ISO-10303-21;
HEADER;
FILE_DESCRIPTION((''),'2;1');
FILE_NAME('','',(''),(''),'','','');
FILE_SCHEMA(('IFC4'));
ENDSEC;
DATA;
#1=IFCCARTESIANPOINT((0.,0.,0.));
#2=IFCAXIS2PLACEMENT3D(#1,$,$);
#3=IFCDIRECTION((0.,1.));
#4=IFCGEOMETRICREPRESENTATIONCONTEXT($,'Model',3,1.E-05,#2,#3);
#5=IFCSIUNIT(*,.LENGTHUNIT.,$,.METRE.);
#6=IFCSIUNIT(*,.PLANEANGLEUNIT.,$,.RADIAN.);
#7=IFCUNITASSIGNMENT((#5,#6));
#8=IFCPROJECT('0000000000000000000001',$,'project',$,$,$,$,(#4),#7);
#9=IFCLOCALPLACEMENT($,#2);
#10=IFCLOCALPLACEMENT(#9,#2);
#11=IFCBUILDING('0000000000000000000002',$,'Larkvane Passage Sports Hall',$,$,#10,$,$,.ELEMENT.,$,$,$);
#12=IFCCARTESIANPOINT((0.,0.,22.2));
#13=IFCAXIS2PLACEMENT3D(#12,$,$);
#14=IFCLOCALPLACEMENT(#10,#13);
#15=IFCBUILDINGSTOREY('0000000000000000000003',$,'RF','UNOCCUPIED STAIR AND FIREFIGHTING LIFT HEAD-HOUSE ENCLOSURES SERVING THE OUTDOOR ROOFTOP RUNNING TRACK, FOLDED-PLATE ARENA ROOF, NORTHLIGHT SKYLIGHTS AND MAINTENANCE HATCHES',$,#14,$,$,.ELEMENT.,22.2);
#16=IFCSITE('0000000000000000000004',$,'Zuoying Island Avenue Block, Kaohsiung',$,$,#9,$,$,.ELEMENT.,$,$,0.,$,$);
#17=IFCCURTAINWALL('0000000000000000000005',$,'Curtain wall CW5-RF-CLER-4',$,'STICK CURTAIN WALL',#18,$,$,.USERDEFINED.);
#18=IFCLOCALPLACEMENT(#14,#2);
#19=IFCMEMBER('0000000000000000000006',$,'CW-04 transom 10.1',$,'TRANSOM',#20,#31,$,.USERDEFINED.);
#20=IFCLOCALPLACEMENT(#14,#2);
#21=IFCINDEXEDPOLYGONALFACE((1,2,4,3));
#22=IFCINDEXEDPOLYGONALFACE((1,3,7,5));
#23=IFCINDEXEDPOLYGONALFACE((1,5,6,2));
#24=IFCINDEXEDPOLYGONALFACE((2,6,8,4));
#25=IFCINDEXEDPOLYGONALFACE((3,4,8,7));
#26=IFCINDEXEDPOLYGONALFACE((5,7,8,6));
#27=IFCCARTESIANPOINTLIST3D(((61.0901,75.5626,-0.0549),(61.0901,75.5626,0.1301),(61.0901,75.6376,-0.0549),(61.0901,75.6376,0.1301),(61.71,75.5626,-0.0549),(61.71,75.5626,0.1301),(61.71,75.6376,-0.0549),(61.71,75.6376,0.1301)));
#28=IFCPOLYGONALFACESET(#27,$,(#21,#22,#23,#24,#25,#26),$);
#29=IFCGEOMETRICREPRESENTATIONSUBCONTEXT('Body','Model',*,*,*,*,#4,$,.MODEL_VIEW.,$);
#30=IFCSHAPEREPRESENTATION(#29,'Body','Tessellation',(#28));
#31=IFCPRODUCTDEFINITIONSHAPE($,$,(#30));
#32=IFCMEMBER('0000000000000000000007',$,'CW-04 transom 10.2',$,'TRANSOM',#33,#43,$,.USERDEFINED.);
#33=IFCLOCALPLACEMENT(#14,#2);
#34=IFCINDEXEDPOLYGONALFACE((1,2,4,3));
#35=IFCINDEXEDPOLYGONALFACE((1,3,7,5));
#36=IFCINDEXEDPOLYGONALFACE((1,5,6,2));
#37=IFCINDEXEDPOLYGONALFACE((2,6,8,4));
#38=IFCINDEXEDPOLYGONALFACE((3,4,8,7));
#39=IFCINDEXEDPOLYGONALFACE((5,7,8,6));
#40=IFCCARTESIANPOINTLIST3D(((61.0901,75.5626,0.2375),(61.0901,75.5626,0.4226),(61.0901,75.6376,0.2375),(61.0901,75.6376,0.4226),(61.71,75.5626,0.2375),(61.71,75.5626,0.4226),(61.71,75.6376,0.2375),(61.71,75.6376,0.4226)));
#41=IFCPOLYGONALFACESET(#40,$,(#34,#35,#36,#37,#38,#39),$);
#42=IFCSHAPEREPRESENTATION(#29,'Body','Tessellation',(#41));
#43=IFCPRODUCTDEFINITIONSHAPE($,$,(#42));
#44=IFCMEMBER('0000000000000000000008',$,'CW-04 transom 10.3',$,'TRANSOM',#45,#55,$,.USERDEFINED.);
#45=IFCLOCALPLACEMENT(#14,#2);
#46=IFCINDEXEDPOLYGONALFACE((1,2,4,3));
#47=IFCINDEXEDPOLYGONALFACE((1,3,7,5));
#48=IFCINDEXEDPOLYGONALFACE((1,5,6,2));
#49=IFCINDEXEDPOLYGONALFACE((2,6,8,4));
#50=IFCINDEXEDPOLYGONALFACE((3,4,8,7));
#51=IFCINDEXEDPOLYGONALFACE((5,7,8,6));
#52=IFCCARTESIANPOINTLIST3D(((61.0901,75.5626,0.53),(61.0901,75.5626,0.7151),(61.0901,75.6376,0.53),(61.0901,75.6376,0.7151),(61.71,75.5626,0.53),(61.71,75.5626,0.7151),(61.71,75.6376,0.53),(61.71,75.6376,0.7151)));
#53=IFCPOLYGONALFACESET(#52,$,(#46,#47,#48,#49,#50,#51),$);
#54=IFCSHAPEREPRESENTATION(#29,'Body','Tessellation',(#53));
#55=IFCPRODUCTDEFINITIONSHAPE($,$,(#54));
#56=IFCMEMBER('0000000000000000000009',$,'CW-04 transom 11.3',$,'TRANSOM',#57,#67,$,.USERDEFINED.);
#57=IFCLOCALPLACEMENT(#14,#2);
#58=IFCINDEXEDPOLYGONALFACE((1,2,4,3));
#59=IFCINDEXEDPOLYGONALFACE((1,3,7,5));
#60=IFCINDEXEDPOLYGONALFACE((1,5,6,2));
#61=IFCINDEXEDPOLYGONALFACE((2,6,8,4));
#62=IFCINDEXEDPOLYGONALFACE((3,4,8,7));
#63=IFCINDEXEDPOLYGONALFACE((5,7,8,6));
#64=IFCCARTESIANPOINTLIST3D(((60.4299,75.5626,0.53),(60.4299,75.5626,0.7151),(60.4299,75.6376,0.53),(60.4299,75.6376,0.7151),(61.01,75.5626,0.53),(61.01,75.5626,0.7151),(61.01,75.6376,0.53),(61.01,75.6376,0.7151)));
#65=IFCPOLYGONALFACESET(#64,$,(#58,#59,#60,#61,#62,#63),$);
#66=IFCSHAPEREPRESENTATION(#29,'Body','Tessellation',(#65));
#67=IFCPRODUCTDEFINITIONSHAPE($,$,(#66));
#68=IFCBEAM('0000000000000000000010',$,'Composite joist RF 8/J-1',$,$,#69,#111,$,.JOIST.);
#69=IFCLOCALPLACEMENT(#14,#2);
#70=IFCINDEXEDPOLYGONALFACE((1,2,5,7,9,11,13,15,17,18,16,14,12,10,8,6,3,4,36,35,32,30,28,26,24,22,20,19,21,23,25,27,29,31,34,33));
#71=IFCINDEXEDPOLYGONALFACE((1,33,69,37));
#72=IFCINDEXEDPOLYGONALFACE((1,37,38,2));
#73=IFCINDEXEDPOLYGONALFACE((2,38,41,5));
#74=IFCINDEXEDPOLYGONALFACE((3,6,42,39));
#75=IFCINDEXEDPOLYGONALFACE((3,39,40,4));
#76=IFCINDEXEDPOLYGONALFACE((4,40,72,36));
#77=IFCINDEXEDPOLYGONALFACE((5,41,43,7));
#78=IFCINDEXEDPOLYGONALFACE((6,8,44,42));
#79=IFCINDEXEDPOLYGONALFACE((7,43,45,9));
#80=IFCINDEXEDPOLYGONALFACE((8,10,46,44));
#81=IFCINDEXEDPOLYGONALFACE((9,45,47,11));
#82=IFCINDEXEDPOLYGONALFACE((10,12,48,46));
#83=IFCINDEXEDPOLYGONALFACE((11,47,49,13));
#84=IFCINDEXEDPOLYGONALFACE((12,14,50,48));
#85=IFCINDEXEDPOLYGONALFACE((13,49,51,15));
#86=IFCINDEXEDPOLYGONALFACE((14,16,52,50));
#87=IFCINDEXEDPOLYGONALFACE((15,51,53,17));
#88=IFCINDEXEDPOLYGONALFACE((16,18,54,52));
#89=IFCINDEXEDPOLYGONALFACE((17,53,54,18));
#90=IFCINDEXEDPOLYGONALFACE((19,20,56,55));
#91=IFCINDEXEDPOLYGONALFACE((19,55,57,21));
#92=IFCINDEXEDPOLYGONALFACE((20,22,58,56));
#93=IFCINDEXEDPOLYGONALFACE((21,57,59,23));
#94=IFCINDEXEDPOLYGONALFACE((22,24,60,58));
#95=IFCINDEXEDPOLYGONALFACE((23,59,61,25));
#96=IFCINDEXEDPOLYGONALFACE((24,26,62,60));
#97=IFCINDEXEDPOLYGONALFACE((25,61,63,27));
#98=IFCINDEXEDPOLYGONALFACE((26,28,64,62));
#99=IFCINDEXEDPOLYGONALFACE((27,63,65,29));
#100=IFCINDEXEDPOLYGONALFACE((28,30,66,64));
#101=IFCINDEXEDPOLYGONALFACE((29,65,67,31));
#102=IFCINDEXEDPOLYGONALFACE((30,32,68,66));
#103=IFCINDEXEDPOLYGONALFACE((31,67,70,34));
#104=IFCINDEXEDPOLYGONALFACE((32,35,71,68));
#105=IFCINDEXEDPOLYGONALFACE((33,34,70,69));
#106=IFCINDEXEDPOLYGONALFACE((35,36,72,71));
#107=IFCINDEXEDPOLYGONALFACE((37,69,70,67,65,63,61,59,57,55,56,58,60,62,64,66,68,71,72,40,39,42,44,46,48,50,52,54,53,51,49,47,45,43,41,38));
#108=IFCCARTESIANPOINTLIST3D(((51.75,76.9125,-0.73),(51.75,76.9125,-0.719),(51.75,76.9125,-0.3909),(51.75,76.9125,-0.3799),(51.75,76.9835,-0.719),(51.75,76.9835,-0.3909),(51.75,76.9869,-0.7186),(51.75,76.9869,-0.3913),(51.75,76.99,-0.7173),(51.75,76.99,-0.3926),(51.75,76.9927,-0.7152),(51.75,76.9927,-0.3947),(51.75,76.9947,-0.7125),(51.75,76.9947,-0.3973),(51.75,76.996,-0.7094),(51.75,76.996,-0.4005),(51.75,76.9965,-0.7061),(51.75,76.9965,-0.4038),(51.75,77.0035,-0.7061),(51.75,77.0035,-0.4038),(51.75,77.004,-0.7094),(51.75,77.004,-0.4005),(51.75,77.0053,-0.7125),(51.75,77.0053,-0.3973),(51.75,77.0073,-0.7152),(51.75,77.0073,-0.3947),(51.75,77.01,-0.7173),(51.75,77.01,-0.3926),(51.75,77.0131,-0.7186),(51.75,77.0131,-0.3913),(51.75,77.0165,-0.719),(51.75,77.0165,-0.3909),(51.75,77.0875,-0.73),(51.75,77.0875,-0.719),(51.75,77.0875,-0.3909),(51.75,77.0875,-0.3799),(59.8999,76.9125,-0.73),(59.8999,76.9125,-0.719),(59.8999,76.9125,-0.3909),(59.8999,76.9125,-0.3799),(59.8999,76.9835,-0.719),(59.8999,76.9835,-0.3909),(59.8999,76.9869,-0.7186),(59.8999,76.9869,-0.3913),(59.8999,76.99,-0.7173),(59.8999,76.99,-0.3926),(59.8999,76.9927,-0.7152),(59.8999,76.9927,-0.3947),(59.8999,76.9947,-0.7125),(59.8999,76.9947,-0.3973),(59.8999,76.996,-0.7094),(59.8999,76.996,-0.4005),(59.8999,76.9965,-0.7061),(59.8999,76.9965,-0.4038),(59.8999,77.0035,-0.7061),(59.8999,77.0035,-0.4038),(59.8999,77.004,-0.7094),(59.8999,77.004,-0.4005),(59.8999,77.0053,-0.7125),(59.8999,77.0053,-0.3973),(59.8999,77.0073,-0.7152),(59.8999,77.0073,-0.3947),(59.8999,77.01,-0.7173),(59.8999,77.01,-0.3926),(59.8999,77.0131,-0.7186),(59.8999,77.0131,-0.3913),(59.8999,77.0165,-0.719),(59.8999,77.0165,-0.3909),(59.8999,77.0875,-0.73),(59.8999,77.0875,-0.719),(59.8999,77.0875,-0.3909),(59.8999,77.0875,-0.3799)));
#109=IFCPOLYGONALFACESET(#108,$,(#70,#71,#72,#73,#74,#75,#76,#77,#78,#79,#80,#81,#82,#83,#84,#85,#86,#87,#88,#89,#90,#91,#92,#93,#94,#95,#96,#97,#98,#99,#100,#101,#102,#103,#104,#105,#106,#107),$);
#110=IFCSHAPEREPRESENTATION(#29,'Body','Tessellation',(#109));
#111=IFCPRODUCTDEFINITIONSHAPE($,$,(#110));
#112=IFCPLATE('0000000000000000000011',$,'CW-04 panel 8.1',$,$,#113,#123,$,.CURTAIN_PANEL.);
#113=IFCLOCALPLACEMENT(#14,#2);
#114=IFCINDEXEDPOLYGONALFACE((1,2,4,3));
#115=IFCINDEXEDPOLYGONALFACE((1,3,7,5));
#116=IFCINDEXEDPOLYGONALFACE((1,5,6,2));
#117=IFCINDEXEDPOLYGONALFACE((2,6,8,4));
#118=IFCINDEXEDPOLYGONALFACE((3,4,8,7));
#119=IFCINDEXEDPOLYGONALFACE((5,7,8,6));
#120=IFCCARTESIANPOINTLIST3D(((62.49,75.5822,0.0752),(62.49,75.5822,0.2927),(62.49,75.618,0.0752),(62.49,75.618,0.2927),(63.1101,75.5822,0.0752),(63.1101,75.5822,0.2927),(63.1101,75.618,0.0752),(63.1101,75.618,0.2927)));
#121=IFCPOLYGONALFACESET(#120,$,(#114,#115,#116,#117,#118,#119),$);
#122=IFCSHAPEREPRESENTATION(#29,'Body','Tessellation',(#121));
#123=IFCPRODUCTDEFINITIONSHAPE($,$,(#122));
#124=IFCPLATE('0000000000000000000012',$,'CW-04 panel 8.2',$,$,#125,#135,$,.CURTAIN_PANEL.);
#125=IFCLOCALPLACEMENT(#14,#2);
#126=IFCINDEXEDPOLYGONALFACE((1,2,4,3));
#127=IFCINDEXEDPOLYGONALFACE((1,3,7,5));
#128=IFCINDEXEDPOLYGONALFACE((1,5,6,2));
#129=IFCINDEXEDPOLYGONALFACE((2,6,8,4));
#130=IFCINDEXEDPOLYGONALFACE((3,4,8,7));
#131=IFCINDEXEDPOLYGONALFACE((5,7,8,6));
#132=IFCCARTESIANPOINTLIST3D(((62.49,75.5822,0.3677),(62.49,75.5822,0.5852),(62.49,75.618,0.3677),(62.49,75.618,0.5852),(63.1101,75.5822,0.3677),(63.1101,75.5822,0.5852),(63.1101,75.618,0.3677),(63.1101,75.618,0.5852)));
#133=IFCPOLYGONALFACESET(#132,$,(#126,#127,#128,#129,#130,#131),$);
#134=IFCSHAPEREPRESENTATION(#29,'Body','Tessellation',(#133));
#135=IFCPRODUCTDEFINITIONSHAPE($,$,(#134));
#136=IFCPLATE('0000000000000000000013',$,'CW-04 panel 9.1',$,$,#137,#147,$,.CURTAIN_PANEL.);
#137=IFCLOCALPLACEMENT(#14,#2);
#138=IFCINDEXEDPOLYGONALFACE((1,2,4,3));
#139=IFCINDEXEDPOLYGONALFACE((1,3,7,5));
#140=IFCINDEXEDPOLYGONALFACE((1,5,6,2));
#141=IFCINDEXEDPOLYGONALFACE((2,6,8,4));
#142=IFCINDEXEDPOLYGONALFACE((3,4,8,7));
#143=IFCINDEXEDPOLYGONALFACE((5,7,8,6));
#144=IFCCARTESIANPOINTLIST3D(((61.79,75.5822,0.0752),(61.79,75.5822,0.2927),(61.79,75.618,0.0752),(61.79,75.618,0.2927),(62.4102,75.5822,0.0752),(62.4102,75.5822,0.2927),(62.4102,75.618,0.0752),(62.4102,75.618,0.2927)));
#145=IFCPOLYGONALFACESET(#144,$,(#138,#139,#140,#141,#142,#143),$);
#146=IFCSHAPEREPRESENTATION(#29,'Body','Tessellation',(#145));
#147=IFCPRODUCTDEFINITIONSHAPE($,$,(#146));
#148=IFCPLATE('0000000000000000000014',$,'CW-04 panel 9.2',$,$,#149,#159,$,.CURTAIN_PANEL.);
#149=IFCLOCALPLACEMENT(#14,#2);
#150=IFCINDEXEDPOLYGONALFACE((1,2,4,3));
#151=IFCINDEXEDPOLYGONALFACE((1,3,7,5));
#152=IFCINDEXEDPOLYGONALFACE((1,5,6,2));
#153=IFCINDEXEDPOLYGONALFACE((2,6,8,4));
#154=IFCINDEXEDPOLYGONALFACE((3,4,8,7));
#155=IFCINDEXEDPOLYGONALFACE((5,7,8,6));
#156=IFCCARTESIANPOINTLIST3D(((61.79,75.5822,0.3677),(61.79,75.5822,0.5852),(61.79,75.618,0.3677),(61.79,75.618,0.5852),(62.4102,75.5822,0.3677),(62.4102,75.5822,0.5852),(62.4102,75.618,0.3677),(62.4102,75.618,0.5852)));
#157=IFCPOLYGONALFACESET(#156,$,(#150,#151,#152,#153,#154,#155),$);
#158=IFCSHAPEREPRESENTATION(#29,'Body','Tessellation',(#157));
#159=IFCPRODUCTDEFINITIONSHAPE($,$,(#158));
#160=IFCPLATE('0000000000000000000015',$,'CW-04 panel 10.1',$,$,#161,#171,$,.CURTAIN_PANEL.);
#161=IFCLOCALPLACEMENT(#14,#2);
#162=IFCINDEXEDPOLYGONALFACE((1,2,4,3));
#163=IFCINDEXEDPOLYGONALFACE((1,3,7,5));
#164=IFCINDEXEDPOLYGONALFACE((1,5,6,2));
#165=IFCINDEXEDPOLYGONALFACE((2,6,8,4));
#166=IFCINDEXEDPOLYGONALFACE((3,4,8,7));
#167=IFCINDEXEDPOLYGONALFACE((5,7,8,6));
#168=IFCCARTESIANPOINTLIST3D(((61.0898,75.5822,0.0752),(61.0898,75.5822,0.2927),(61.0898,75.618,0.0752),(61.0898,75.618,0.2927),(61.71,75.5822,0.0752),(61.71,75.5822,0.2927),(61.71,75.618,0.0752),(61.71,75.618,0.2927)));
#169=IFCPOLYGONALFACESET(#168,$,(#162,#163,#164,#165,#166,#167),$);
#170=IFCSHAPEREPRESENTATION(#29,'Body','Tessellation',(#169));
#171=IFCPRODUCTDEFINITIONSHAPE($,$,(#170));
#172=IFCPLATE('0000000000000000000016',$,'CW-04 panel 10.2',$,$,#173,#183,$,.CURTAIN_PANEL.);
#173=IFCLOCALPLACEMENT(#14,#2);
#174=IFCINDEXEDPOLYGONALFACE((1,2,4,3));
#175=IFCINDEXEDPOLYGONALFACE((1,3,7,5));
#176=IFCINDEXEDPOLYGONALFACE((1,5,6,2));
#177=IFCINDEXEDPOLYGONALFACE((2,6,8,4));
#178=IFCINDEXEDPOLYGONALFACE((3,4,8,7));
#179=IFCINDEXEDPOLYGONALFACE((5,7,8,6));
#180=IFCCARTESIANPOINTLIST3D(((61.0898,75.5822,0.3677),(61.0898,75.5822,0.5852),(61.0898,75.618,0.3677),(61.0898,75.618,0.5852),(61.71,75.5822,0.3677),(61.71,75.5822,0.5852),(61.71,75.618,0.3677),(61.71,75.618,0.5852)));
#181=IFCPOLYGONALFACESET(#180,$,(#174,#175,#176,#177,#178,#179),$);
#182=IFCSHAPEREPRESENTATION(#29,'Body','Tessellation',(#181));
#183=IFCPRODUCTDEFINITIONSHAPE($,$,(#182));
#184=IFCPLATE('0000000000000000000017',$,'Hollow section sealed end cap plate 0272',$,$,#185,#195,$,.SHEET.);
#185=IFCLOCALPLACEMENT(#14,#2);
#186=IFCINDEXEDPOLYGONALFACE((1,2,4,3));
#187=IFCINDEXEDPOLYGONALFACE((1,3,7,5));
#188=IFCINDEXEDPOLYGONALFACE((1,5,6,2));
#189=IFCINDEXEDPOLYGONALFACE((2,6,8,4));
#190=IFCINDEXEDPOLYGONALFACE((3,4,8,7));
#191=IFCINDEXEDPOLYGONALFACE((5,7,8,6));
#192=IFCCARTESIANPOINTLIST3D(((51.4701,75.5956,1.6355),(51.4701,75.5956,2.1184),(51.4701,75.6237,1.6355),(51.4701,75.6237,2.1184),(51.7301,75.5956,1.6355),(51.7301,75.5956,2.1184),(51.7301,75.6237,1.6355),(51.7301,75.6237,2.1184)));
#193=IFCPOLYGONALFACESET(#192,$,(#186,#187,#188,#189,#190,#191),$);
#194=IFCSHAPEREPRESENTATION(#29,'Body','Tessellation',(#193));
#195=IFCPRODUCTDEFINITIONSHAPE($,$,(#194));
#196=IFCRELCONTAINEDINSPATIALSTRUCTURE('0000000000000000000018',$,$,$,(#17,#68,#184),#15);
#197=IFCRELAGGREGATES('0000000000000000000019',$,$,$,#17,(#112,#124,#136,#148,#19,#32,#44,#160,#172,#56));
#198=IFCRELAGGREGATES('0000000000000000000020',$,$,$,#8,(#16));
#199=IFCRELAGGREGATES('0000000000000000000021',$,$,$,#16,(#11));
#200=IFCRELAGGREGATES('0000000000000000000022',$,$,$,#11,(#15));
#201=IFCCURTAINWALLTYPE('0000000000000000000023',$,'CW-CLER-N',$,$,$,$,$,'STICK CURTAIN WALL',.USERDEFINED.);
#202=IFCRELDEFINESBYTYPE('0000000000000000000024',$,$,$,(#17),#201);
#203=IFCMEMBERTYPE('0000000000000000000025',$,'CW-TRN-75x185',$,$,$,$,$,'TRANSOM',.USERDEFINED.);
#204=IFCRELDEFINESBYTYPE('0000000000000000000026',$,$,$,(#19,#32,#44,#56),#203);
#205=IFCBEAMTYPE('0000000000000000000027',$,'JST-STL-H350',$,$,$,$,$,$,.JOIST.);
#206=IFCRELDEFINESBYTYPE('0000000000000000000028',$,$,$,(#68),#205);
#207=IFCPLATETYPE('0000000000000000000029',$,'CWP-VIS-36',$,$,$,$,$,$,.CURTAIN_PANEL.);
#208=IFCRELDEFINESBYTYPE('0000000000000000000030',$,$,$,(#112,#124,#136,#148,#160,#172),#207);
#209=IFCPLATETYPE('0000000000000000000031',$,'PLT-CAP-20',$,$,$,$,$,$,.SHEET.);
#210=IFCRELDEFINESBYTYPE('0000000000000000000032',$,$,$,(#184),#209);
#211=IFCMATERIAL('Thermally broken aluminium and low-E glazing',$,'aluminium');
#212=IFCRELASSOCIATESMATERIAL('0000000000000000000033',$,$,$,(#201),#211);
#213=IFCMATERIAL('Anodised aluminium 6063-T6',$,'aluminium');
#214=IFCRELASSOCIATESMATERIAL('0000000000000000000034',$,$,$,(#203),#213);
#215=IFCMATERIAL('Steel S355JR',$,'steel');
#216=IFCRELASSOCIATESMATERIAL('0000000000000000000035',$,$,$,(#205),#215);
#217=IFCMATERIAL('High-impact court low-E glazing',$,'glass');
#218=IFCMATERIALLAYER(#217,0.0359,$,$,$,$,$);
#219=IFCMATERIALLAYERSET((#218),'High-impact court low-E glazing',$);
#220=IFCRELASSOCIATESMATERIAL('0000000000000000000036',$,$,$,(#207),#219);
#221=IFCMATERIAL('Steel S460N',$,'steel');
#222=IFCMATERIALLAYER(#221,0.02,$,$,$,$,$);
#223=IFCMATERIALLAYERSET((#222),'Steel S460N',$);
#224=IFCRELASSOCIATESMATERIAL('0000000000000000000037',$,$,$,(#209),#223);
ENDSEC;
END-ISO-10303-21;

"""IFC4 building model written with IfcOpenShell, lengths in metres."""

from ifc_helpers import new_model, si_unit, direction, frame, origin, origin_2d, place, context, subcontext, project, spatial, rectangle, i_section, extrude, material, layer, layer_set, material_profile, profile_set, type_object, element, aggregate, save


model = new_model("IFC4")

# Units and contexts
model_context = context("Model", 3, precision=1e-05, world=origin(), true_north=direction((0.0, 1.0)))
body_context = subcontext(model_context, "Body", "Model", "MODEL_VIEW")
ifc_project = project(units=[si_unit("LENGTHUNIT", "METRE"), si_unit("PLANEANGLEUNIT", "RADIAN")], contexts=[model_context])

# Site, building, storey
site_placement = place(None, origin())
site = spatial("IfcSite", under=ifc_project, at=site_placement, Name="Zuoying Island Avenue Block, Kaohsiung", CompositionType="ELEMENT", RefElevation=0.0)
building_placement = place(site_placement, origin())
building = spatial("IfcBuilding", under=site, at=building_placement, Name="Larkvane Passage Sports Hall", CompositionType="ELEMENT")
storey_placement = place(building_placement, frame((0.0, 0.0, 22.2)))
storey = spatial("IfcBuildingStorey", under=building, at=storey_placement, Name="RF", Description="UNOCCUPIED STAIR AND FIREFIGHTING LIFT HEAD-HOUSE ENCLOSURES SERVING THE OUTDOOR ROOFTOP RUNNING TRACK, FOLDED-PLATE ARENA ROOF, NORTHLIGHT SKYLIGHTS AND MAINTENANCE HATCHES", CompositionType="ELEMENT", Elevation=22.2)

# Shared definitions
ifc_material_1 = material(Name="Steel S355JR", Category="steel")
ifc_material_2 = material(Name="Steel S460N", Category="steel")

# Curtain wall, members
ifc_material_3 = material(Name="Thermally broken aluminium and low-E glazing", Category="aluminium")
curtain_wall_type = type_object("IfcCurtainWallType", Name="CW-CLER-N", ElementType="STICK CURTAIN WALL", PredefinedType="USERDEFINED", material=ifc_material_3)
curtain_wall_placement = place(storey_placement, origin())
curtain_wall = element("IfcCurtainWall", 1, at=curtain_wall_placement, inside=storey, type_object=curtain_wall_type, Name="Curtain wall CW5-RF-CLER-4", ObjectType="STICK CURTAIN WALL", PredefinedType="USERDEFINED")
ifc_material_4 = material(Name="Anodised aluminium 6063-T6", Category="aluminium")
ifc_material_profile_1 = material_profile(ifc_material_4, rectangle(XDim=0.075, YDim=0.1851, at=origin_2d()), Name="ALU-TRN-75x185")
ifc_profile_set_1 = profile_set([ifc_material_profile_1], Name="Anodised aluminium 6063-T6")
member_type_1 = type_object("IfcMemberType", Name="CW-TRN-75x185", ElementType="TRANSOM", PredefinedType="USERDEFINED", material=ifc_profile_set_1)
member_1_placement = place(storey_placement, frame((61.71, 75.6001, 0.0376), z_axis=(-1.0, 0.0, 0.0), x_axis=(0.0, -1.0, 0.0)))
member_1 = element("IfcMember", 2, at=member_1_placement, type_object=member_type_1, Name="CW-04 transom 10.1", ObjectType="TRANSOM", PredefinedType="USERDEFINED", context=body_context, shape_type="SweptSolid", body=[
    extrude(rectangle(XDim=0.075, YDim=0.1851, at=origin_2d()), origin(), (0.0, 0.0, 1.0), 0.6199),
])
member_2_placement = place(storey_placement, frame((61.71, 75.6001, 0.3301), z_axis=(-1.0, 0.0, 0.0), x_axis=(0.0, -1.0, 0.0)))
member_2 = element("IfcMember", 3, at=member_2_placement, type_object=member_type_1, Name="CW-04 transom 10.2", ObjectType="TRANSOM", PredefinedType="USERDEFINED", context=body_context, shape_type="SweptSolid", body=[
    extrude(rectangle(XDim=0.075, YDim=0.1851, at=origin_2d()), origin(), (0.0, 0.0, 1.0), 0.6199),
])
member_3_placement = place(storey_placement, frame((61.71, 75.6001, 0.6226), z_axis=(-1.0, 0.0, 0.0), x_axis=(0.0, -1.0, 0.0)))
member_3 = element("IfcMember", 4, at=member_3_placement, type_object=member_type_1, Name="CW-04 transom 10.3", ObjectType="TRANSOM", PredefinedType="USERDEFINED", context=body_context, shape_type="SweptSolid", body=[
    extrude(rectangle(XDim=0.075, YDim=0.1851, at=origin_2d()), origin(), (0.0, 0.0, 1.0), 0.6199),
])
member_4_placement = place(storey_placement, frame((61.01, 75.6001, 0.6226), z_axis=(-1.0, 0.0, 0.0), x_axis=(0.0, -1.0, 0.0)))
member_4 = element("IfcMember", 5, at=member_4_placement, type_object=member_type_1, Name="CW-04 transom 11.3", ObjectType="TRANSOM", PredefinedType="USERDEFINED", context=body_context, shape_type="SweptSolid", body=[
    extrude(rectangle(XDim=0.075, YDim=0.1851, at=origin_2d()), origin(), (0.0, 0.0, 1.0), 0.5801),
])

# Beam
ifc_material_profile_2 = material_profile(ifc_material_1, i_section(OverallWidth=0.175, OverallDepth=0.3501, WebThickness=0.0071, FlangeThickness=0.011, FilletRadius=0.0129, at=origin_2d()), Name="H-350x175x7x11")
ifc_profile_set_2 = profile_set([ifc_material_profile_2], Name="Steel S355JR")
beam_type_1 = type_object("IfcBeamType", Name="JST-STL-H350", PredefinedType="JOIST", material=ifc_profile_set_2)
beam_1_placement = place(storey_placement, frame((51.75, 77.0, -0.5549), z_axis=(1.0, 0.0, 0.0), x_axis=(0.0, 1.0, 0.0)))
element("IfcBeam", 6, at=beam_1_placement, inside=storey, type_object=beam_type_1, Name="Composite joist RF 8/J-1", PredefinedType="JOIST", context=body_context, shape_type="SweptSolid", body=[
    extrude(i_section(OverallWidth=0.175, OverallDepth=0.3501, WebThickness=0.0071, FlangeThickness=0.011, FilletRadius=0.0129, at=origin_2d()), origin(), (0.0, 0.0, 1.0), 8.1499),
])

# Plates
ifc_material_5 = material(Name="High-impact court low-E glazing", Category="glass")
ifc_layer_1 = layer(ifc_material_5, 0.0359)
ifc_layer_set_1 = layer_set([ifc_layer_1], Name="High-impact court low-E glazing")
plate_type_1 = type_object("IfcPlateType", Name="CWP-VIS-36", PredefinedType="CURTAIN_PANEL", material=ifc_layer_set_1)
plate_1_placement = place(storey_placement, frame((62.8, 75.6001, 0.0752), z_axis=(0.0, 0.0, 1.0), x_axis=(-1.0, 0.0, 0.0)))
plate_1 = element("IfcPlate", 7, at=plate_1_placement, type_object=plate_type_1, Name="CW-04 panel 8.1", PredefinedType="CURTAIN_PANEL", context=body_context, shape_type="SweptSolid", body=[
    extrude(rectangle(XDim=0.6201, YDim=0.0359, at=origin_2d()), origin(), (0.0, 0.0, 1.0), 0.2175),
])
plate_2_placement = place(storey_placement, frame((62.8, 75.6001, 0.3677), z_axis=(0.0, 0.0, 1.0), x_axis=(-1.0, 0.0, 0.0)))
plate_2 = element("IfcPlate", 8, at=plate_2_placement, type_object=plate_type_1, Name="CW-04 panel 8.2", PredefinedType="CURTAIN_PANEL", context=body_context, shape_type="SweptSolid", body=[
    extrude(rectangle(XDim=0.6201, YDim=0.0359, at=origin_2d()), origin(), (0.0, 0.0, 1.0), 0.2175),
])
plate_3_placement = place(storey_placement, frame((62.1001, 75.6001, 0.0752), z_axis=(0.0, 0.0, 1.0), x_axis=(-1.0, 0.0, 0.0)))
plate_3 = element("IfcPlate", 9, at=plate_3_placement, type_object=plate_type_1, Name="CW-04 panel 9.1", PredefinedType="CURTAIN_PANEL", context=body_context, shape_type="SweptSolid", body=[
    extrude(rectangle(XDim=0.6201, YDim=0.0359, at=origin_2d()), origin(), (0.0, 0.0, 1.0), 0.2175),
])
plate_4_placement = place(storey_placement, frame((62.1001, 75.6001, 0.3677), z_axis=(0.0, 0.0, 1.0), x_axis=(-1.0, 0.0, 0.0)))
plate_4 = element("IfcPlate", 10, at=plate_4_placement, type_object=plate_type_1, Name="CW-04 panel 9.2", PredefinedType="CURTAIN_PANEL", context=body_context, shape_type="SweptSolid", body=[
    extrude(rectangle(XDim=0.6201, YDim=0.0359, at=origin_2d()), origin(), (0.0, 0.0, 1.0), 0.2175),
])
plate_5_placement = place(storey_placement, frame((61.3999, 75.6001, 0.0752), z_axis=(0.0, 0.0, 1.0), x_axis=(-1.0, 0.0, 0.0)))
plate_5 = element("IfcPlate", 11, at=plate_5_placement, type_object=plate_type_1, Name="CW-04 panel 10.1", PredefinedType="CURTAIN_PANEL", context=body_context, shape_type="SweptSolid", body=[
    extrude(rectangle(XDim=0.6201, YDim=0.0359, at=origin_2d()), origin(), (0.0, 0.0, 1.0), 0.2175),
])
plate_6_placement = place(storey_placement, frame((61.3999, 75.6001, 0.3677), z_axis=(0.0, 0.0, 1.0), x_axis=(-1.0, 0.0, 0.0)))
plate_6 = element("IfcPlate", 12, at=plate_6_placement, type_object=plate_type_1, Name="CW-04 panel 10.2", PredefinedType="CURTAIN_PANEL", context=body_context, shape_type="SweptSolid", body=[
    extrude(rectangle(XDim=0.6201, YDim=0.0359, at=origin_2d()), origin(), (0.0, 0.0, 1.0), 0.2175),
])
aggregate(curtain_wall, [plate_1, plate_2, plate_3, plate_4, member_1, member_2, member_3, plate_5, plate_6, member_4])

# Plate
ifc_layer_2 = layer(ifc_material_2, 0.02)
ifc_layer_set_2 = layer_set([ifc_layer_2], Name="Steel S460N")
plate_type_2 = type_object("IfcPlateType", Name="PLT-CAP-20", PredefinedType="SHEET", material=ifc_layer_set_2)
plate_7_placement = place(storey_placement, frame((51.6001, 75.6096, 1.6355), z_axis=(0.0, 0.0, 1.0), x_axis=(-1.0, 0.0, 0.0)))
element("IfcPlate", 13, at=plate_7_placement, inside=storey, type_object=plate_type_2, Name="Hollow section sealed end cap plate 0272", PredefinedType="SHEET", context=body_context, shape_type="SweptSolid", body=[
    extrude(rectangle(XDim=0.26, YDim=0.0281, at=origin_2d()), origin(), (0.0, 0.0, 1.0), 0.4829),
])

save(model, "model.ifc")
